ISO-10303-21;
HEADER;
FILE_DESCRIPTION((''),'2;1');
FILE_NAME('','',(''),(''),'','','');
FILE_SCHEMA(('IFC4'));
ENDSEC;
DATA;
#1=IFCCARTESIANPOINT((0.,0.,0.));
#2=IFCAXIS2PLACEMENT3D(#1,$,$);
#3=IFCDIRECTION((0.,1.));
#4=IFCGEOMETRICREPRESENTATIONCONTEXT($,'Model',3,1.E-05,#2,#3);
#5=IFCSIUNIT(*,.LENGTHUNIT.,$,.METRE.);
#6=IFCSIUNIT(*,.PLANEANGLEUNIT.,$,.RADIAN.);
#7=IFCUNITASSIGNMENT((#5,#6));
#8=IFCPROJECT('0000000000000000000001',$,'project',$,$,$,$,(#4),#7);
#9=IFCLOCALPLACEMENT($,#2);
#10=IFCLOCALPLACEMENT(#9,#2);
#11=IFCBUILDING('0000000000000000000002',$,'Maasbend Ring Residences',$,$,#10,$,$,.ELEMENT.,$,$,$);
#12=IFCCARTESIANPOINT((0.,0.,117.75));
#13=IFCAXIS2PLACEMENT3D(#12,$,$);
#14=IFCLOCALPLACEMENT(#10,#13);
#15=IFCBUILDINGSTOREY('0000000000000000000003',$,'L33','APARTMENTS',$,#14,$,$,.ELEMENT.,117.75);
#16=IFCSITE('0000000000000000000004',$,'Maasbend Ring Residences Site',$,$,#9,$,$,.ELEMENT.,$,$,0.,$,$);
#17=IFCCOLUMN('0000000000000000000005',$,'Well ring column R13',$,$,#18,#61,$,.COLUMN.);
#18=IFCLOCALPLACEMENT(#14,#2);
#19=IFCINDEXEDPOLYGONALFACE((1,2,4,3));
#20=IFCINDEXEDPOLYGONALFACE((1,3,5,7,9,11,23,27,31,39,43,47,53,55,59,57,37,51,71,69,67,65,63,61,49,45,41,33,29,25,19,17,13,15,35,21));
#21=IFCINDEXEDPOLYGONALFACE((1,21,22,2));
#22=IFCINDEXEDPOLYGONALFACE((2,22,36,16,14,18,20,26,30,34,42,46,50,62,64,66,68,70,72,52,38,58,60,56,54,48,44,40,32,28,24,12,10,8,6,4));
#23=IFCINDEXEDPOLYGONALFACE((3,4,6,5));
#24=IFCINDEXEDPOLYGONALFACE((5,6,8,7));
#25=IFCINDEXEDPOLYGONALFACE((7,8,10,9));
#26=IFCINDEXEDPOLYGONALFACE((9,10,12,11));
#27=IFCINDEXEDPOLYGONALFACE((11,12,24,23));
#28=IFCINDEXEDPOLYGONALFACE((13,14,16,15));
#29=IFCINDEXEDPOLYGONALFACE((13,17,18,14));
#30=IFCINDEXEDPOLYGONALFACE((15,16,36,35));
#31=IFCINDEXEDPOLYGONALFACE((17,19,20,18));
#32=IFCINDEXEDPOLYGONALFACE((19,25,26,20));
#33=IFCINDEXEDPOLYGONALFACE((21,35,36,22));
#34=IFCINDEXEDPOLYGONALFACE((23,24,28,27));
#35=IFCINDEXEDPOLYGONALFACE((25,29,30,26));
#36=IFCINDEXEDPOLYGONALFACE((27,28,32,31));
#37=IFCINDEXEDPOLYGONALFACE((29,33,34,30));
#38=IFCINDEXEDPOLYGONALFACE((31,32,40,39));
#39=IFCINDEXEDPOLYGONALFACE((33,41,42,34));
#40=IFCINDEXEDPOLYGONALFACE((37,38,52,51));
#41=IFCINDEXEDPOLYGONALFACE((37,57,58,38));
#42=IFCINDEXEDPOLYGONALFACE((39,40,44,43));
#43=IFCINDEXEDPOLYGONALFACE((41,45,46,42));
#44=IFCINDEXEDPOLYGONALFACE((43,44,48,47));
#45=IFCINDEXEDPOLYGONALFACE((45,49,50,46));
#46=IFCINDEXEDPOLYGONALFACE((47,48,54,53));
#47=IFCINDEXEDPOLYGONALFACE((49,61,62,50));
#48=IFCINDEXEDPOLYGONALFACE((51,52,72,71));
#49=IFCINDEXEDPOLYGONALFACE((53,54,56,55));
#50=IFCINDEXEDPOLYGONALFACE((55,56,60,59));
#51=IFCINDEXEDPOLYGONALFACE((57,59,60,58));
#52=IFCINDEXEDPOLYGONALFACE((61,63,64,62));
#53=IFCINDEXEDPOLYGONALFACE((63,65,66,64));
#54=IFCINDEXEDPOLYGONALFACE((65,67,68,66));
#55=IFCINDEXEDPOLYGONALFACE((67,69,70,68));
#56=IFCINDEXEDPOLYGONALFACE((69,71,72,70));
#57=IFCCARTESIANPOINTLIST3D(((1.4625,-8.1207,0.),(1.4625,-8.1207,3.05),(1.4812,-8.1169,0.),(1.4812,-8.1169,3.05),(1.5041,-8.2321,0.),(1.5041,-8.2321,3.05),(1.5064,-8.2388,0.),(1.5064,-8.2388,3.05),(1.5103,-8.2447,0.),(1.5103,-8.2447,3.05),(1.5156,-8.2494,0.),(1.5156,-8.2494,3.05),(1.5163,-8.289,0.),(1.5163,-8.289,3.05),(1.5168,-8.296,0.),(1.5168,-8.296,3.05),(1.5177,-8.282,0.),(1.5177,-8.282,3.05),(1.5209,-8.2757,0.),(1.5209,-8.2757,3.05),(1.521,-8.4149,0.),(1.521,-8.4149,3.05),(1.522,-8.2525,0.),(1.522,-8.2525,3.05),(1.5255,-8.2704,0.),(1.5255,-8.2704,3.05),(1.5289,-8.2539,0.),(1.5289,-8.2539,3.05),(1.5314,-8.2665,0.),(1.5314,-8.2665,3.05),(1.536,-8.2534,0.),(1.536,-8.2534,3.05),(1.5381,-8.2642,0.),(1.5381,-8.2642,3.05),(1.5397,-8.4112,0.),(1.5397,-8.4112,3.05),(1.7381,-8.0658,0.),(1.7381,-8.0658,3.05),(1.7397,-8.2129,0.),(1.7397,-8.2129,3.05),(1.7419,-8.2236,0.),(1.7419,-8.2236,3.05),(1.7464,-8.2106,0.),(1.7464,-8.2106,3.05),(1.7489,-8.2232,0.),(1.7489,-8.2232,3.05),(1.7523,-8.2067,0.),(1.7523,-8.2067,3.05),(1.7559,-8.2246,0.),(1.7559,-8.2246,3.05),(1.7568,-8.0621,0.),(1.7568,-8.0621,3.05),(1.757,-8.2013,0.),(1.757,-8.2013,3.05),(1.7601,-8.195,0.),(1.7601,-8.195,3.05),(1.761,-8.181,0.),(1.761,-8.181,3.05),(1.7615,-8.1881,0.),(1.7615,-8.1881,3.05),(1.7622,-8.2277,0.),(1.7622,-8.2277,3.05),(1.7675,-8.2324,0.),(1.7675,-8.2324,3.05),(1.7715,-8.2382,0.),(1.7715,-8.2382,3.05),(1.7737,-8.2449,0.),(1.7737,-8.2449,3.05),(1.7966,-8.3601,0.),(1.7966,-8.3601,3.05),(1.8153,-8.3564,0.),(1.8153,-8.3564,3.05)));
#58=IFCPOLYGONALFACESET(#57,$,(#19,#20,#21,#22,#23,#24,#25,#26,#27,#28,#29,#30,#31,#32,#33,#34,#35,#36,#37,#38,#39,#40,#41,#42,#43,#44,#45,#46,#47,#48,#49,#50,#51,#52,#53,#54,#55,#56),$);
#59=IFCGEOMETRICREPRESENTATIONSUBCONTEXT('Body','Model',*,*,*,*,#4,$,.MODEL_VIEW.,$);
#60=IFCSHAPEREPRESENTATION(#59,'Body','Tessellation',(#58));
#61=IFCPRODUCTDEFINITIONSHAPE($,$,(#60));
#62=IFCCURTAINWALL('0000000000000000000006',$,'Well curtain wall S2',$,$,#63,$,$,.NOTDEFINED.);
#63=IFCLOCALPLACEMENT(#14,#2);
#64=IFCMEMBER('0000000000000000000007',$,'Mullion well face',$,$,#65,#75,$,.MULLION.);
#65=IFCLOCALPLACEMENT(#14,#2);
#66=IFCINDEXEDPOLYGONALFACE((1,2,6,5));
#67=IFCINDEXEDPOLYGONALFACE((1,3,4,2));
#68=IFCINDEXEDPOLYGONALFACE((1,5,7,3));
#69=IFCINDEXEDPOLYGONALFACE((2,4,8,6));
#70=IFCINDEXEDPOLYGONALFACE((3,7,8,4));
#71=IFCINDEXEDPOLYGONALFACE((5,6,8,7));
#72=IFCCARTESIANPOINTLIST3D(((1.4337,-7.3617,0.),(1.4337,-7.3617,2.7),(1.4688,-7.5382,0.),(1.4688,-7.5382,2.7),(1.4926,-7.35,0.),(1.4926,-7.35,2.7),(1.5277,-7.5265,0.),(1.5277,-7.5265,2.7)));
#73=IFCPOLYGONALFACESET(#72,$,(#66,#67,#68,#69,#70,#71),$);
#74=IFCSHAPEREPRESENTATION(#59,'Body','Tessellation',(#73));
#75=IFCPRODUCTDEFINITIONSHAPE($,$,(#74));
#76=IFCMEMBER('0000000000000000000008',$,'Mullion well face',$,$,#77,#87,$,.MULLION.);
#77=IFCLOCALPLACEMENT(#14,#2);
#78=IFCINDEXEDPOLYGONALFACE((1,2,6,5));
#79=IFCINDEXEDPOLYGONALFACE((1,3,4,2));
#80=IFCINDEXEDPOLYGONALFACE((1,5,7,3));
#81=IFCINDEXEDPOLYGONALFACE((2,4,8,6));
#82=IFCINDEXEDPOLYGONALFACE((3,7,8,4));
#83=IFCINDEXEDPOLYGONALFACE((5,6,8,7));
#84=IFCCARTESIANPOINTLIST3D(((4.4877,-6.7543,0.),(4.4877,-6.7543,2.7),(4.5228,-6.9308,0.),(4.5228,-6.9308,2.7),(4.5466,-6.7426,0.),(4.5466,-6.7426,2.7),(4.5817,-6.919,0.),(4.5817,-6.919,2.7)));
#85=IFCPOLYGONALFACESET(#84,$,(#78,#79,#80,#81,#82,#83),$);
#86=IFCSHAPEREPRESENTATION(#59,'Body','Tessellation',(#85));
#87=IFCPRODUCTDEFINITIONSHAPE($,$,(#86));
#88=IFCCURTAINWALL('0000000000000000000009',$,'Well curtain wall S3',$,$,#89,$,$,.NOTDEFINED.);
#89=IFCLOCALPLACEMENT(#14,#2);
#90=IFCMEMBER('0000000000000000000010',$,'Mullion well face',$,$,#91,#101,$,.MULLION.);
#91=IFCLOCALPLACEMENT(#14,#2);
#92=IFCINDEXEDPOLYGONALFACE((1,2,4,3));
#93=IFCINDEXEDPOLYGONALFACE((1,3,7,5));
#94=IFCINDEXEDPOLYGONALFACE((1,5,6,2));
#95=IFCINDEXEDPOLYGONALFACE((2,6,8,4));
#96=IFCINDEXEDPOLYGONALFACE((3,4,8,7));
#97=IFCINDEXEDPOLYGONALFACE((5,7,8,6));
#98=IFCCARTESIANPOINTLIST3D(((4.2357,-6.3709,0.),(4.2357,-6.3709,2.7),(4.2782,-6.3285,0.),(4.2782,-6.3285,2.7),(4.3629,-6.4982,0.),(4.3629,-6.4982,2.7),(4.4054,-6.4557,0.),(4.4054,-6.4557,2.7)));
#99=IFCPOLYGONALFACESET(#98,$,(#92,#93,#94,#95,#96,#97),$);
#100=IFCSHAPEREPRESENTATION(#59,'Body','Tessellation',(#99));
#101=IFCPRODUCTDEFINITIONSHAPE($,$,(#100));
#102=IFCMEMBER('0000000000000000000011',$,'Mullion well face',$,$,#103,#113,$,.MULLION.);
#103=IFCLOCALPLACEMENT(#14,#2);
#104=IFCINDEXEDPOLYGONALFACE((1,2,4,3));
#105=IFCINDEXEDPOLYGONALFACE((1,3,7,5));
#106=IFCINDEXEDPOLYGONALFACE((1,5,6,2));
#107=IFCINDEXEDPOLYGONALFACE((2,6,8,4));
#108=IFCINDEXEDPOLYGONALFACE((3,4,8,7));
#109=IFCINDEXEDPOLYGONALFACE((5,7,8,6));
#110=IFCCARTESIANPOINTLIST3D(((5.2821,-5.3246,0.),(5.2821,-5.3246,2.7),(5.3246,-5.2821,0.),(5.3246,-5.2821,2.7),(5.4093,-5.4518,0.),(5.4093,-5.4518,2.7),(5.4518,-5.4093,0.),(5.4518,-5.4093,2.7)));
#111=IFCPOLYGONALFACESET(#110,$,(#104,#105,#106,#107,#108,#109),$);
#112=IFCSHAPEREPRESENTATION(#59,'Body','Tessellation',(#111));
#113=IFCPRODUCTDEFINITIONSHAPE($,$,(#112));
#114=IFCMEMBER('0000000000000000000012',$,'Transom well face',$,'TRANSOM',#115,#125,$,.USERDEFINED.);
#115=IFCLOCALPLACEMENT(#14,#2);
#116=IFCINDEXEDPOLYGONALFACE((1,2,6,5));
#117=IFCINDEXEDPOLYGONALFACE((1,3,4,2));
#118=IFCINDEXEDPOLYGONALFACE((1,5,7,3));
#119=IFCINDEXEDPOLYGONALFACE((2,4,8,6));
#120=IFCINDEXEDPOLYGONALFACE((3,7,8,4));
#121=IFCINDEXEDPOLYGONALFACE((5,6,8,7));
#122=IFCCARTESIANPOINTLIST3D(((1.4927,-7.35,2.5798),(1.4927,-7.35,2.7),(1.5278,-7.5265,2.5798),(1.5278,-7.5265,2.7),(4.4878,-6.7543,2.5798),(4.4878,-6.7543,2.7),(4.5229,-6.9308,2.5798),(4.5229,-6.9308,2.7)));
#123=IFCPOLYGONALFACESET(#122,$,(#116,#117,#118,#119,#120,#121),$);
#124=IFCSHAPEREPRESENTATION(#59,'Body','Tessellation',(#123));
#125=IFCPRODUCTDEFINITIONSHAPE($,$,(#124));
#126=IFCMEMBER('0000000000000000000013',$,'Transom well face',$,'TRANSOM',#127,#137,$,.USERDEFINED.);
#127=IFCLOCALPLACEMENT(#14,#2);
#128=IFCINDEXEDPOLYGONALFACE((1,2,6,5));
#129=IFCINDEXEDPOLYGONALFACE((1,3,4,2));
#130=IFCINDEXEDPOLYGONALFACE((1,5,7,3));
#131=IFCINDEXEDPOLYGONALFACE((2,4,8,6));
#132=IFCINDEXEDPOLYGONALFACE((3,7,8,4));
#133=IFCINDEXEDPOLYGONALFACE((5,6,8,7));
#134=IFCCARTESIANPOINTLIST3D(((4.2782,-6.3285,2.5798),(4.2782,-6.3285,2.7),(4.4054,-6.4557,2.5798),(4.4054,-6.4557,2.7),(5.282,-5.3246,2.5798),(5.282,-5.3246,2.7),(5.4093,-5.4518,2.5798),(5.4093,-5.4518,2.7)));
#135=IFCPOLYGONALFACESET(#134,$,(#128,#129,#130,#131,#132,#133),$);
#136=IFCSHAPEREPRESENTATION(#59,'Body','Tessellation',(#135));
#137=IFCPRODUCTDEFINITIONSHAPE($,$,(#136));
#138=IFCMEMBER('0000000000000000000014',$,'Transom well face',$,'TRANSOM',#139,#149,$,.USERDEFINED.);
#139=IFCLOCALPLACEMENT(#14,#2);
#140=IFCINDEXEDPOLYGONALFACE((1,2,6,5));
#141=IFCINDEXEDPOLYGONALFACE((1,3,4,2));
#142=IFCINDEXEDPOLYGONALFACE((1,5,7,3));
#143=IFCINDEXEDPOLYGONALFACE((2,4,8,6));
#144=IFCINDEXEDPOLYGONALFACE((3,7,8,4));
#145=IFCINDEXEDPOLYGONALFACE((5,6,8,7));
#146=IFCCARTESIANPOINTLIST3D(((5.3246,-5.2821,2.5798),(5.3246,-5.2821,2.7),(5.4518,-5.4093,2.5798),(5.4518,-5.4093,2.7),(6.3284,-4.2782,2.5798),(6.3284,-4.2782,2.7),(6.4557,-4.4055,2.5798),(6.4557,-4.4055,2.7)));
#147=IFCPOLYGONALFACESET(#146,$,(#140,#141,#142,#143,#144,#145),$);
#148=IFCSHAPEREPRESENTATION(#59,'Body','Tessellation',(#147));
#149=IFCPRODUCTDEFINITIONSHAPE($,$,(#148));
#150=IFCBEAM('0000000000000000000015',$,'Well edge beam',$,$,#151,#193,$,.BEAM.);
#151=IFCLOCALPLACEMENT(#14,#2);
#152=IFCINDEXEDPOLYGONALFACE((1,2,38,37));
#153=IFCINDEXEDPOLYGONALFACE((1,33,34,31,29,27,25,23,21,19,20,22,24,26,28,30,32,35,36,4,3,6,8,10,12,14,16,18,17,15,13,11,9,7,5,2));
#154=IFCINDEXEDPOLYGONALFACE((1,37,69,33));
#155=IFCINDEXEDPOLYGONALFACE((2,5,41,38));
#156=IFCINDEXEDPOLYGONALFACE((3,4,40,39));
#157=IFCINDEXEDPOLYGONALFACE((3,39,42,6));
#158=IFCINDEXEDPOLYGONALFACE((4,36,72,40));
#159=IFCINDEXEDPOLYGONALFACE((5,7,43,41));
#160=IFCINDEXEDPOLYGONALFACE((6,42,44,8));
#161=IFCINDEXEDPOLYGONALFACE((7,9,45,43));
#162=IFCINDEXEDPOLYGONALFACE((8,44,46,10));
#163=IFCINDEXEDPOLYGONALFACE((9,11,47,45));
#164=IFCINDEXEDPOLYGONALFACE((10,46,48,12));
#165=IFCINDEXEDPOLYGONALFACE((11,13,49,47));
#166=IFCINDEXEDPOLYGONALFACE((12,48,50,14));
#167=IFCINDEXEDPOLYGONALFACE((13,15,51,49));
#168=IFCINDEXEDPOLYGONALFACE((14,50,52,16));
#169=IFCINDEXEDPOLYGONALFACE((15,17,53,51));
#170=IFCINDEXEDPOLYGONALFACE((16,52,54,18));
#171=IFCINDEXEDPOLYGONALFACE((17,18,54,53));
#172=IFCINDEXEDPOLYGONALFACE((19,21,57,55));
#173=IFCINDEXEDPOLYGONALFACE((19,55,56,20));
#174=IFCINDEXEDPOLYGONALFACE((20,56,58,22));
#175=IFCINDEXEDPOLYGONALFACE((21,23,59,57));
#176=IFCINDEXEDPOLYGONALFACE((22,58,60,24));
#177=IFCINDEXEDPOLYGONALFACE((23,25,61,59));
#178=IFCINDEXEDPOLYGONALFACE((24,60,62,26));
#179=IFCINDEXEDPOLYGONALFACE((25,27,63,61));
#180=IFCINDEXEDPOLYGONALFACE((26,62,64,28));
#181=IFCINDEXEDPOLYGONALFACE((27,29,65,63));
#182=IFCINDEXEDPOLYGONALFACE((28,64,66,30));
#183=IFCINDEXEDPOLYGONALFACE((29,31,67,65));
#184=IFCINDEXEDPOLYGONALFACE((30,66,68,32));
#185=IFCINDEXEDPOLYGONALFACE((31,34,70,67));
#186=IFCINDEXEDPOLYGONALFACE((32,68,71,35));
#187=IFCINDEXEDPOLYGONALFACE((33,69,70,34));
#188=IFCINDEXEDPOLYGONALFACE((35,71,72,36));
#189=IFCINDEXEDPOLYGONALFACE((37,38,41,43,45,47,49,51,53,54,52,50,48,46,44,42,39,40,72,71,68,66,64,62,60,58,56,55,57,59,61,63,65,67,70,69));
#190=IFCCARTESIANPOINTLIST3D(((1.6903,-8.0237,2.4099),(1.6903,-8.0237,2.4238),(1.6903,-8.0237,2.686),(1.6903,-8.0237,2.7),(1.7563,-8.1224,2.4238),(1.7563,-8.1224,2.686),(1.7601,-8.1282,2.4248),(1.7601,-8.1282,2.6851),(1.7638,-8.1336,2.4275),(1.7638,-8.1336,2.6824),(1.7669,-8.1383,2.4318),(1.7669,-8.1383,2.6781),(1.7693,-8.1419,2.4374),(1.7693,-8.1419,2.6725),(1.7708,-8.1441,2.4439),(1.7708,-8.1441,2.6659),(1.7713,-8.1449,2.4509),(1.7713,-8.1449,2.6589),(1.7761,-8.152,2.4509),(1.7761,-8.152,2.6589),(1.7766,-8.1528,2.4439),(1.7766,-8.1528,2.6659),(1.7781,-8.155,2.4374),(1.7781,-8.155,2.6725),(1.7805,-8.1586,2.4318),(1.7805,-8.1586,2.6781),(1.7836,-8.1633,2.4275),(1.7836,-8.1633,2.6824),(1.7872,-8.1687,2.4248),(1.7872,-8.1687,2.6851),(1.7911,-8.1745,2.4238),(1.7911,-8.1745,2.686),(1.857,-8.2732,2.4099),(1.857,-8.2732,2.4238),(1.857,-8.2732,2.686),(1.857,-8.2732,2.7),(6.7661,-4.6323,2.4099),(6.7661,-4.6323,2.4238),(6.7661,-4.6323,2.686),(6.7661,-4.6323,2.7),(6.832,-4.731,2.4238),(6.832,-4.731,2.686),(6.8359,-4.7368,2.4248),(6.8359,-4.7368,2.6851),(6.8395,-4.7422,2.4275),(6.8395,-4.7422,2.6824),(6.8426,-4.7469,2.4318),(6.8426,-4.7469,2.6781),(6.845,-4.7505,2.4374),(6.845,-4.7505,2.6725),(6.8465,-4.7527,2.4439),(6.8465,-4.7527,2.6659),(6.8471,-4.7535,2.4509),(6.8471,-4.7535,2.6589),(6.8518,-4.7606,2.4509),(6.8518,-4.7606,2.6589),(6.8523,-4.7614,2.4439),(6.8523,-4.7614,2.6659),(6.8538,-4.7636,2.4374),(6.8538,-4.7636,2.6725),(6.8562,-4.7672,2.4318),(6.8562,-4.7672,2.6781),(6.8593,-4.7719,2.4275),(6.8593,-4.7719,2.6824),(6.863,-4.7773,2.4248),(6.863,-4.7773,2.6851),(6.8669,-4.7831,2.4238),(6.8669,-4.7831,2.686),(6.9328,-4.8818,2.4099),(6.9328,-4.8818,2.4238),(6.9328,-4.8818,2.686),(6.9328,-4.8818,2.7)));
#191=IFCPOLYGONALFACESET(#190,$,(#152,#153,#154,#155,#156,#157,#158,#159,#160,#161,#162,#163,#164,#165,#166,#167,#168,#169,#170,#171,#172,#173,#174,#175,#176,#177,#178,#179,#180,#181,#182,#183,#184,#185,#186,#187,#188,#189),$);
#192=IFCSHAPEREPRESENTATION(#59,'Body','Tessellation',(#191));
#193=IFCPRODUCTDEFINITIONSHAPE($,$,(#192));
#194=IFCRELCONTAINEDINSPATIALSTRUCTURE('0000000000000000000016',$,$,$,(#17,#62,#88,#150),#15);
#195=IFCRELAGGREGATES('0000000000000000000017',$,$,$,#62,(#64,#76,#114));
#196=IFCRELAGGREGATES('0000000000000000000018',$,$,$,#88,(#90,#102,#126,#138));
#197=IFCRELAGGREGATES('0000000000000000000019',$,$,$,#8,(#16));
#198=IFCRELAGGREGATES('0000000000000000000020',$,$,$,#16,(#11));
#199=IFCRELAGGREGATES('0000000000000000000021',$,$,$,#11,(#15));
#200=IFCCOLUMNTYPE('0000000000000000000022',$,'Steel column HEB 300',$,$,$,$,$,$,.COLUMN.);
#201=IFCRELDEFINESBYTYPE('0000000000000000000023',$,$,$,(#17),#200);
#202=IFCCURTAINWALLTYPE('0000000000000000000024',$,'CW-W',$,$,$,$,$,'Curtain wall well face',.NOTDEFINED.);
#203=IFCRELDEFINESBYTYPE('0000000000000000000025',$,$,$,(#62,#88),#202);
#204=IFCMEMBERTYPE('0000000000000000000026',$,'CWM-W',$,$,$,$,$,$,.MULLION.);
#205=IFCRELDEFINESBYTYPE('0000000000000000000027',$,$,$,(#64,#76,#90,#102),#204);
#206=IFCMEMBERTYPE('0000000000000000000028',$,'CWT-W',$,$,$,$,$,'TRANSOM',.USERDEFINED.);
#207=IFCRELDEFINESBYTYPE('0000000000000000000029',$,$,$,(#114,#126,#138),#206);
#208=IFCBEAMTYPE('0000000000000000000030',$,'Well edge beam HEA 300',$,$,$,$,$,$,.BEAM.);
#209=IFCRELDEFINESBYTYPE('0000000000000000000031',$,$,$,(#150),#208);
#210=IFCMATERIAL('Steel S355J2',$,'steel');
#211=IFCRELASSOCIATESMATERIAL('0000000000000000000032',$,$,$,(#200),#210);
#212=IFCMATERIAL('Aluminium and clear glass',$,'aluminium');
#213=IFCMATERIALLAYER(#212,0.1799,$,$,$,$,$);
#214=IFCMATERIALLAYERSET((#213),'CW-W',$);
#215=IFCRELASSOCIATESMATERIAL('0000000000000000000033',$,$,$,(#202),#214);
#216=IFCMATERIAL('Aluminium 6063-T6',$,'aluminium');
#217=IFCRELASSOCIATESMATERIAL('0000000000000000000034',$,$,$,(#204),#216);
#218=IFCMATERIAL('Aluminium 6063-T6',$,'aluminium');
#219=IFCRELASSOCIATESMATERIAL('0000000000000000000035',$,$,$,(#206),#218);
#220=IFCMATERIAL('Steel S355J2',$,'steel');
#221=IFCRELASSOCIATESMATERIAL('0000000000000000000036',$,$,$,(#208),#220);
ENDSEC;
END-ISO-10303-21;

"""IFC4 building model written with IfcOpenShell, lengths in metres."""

from ifc_helpers import new_model, si_unit, direction, frame, origin, origin_2d, place, context, subcontext, project, spatial, rectangle, i_section, extrude, material, layer, layer_set, material_profile, profile_set, type_object, element, aggregate, save


model = new_model("IFC4")

# Units and contexts
model_context = context("Model", 3, precision=1e-05, world=origin(), true_north=direction((0.0, 1.0)))
body_context = subcontext(model_context, "Body", "Model", "MODEL_VIEW")
ifc_project = project(units=[si_unit("LENGTHUNIT", "METRE"), si_unit("PLANEANGLEUNIT", "RADIAN")], contexts=[model_context])

# Site, building, storey
site_placement = place(None, origin())
site = spatial("IfcSite", under=ifc_project, at=site_placement, Name="Maasbend Ring Residences Site", CompositionType="ELEMENT", RefElevation=0.0)
building_placement = place(site_placement, origin())
building = spatial("IfcBuilding", under=site, at=building_placement, Name="Maasbend Ring Residences", CompositionType="ELEMENT")
storey_placement = place(building_placement, frame((0.0, 0.0, 117.75)))
storey = spatial("IfcBuildingStorey", under=building, at=storey_placement, Name="L33", Description="APARTMENTS", CompositionType="ELEMENT", Elevation=117.75)

# Column
ifc_material_1 = material(Name="Steel S355J2", Category="steel")
ifc_material_profile_1 = material_profile(ifc_material_1, i_section(OverallWidth=0.3, OverallDepth=0.3, WebThickness=0.011, FlangeThickness=0.019, FilletRadius=0.0271, at=origin_2d()), Name="HEB 300")
ifc_profile_set_1 = profile_set([ifc_material_profile_1], Name="Steel S355J2")
column_type = type_object("IfcColumnType", Name="Steel column HEB 300", PredefinedType="COLUMN", material=ifc_profile_set_1)
column_placement = place(storey_placement, frame((1.6389, -8.2385, 0.0), z_axis=(0.0, 0.0, 1.0), x_axis=(0.19509, -0.980785, 0.0)))
element("IfcColumn", 1, at=column_placement, inside=storey, type_object=column_type, Name="Well ring column R13", PredefinedType="COLUMN", context=body_context, shape_type="SweptSolid", body=[
    extrude(i_section(OverallWidth=0.3, OverallDepth=0.3, WebThickness=0.011, FlangeThickness=0.019, FilletRadius=0.0271, at=origin_2d()), origin(), (0.0, 0.0, 1.0), 3.05),
])

# Curtain walls, members
ifc_material_2 = material(Name="Aluminium and clear glass", Category="aluminium")
ifc_layer_1 = layer(ifc_material_2, 0.1799)
ifc_layer_set_1 = layer_set([ifc_layer_1], Name="CW-W")
curtain_wall_type = type_object("IfcCurtainWallType", Name="CW-W", ElementType="Curtain wall well face", PredefinedType="NOTDEFINED", material=ifc_layer_set_1)
curtain_wall_1_placement = place(storey_placement, origin())
curtain_wall_1 = element("IfcCurtainWall", 2, at=curtain_wall_1_placement, inside=storey, type_object=curtain_wall_type, Name="Well curtain wall S2", PredefinedType="NOTDEFINED")
ifc_material_3 = material(Name="Aluminium 6063-T6", Category="aluminium")
ifc_material_profile_2 = material_profile(ifc_material_3, rectangle(XDim=0.1799, YDim=0.0601, at=origin_2d()), Name="AL 180x60")
ifc_profile_set_2 = profile_set([ifc_material_profile_2], Name="Aluminium 6063-T6")
member_type_1 = type_object("IfcMemberType", Name="CWM-W", PredefinedType="MULLION", material=ifc_profile_set_2)
member_1_placement = place(storey_placement, frame((1.4807, -7.4441, 0.0), z_axis=(0.0, 0.0, 1.0), x_axis=(-0.19509, 0.980785, 0.0)))
member_1 = element("IfcMember", 3, at=member_1_placement, type_object=member_type_1, Name="Mullion well face", PredefinedType="MULLION", context=body_context, shape_type="SweptSolid", body=[
    extrude(rectangle(XDim=0.1799, YDim=0.0601, at=origin_2d()), origin(), (0.0, 0.0, 1.0), 2.7),
])
member_2_placement = place(storey_placement, frame((4.5347, -6.8367, 0.0), z_axis=(0.0, 0.0, 1.0), x_axis=(-0.19509, 0.980785, 0.0)))
member_2 = element("IfcMember", 4, at=member_2_placement, type_object=member_type_1, Name="Mullion well face", PredefinedType="MULLION", context=body_context, shape_type="SweptSolid", body=[
    extrude(rectangle(XDim=0.1799, YDim=0.0601, at=origin_2d()), origin(), (0.0, 0.0, 1.0), 2.7),
])
curtain_wall_2_placement = place(storey_placement, origin())
curtain_wall_2 = element("IfcCurtainWall", 5, at=curtain_wall_2_placement, inside=storey, type_object=curtain_wall_type, Name="Well curtain wall S3", PredefinedType="NOTDEFINED")
member_3_placement = place(storey_placement, frame((4.3206, -6.4133, 0.0), z_axis=(0.0, 0.0, 1.0), x_axis=(-0.707107, 0.707107, 0.0)))
member_3 = element("IfcMember", 6, at=member_3_placement, type_object=member_type_1, Name="Mullion well face", PredefinedType="MULLION", context=body_context, shape_type="SweptSolid", body=[
    extrude(rectangle(XDim=0.1799, YDim=0.0601, at=origin_2d()), origin(), (0.0, 0.0, 1.0), 2.7),
])
member_4_placement = place(storey_placement, frame((5.3669, -5.3669, 0.0), z_axis=(0.0, 0.0, 1.0), x_axis=(-0.707107, 0.707107, 0.0)))
member_4 = element("IfcMember", 7, at=member_4_placement, type_object=member_type_1, Name="Mullion well face", PredefinedType="MULLION", context=body_context, shape_type="SweptSolid", body=[
    extrude(rectangle(XDim=0.1799, YDim=0.0601, at=origin_2d()), origin(), (0.0, 0.0, 1.0), 2.7),
])

# Members
ifc_material_4 = material(Name="Aluminium 6063-T6", Category="aluminium")
ifc_material_profile_3 = material_profile(ifc_material_4, rectangle(XDim=0.1799, YDim=0.1201, at=origin_2d()), Name="AL 180x120")
ifc_profile_set_3 = profile_set([ifc_material_profile_3], Name="Aluminium 6063-T6")
member_type_2 = type_object("IfcMemberType", Name="CWT-W", ElementType="TRANSOM", PredefinedType="USERDEFINED", material=ifc_profile_set_3)
member_5_placement = place(storey_placement, frame((1.5103, -7.4382, 2.6399), z_axis=(0.980789, 0.195071, 0.0), x_axis=(-0.195071, 0.980789, 0.0)))
member_5 = element("IfcMember", 8, at=member_5_placement, type_object=member_type_2, Name="Transom well face", ObjectType="TRANSOM", PredefinedType="USERDEFINED", context=body_context, shape_type="SweptSolid", body=[
    extrude(rectangle(XDim=0.1799, YDim=0.1201, at=origin_2d()), origin(), (0.0, 0.0, 1.0), 3.0537),
])
member_6_placement = place(storey_placement, frame((4.3418, -6.3921, 2.6399), z_axis=(0.707107, 0.707107, 0.0), x_axis=(-0.707107, 0.707107, 0.0)))
member_6 = element("IfcMember", 9, at=member_6_placement, type_object=member_type_2, Name="Transom well face", ObjectType="TRANSOM", PredefinedType="USERDEFINED", context=body_context, shape_type="SweptSolid", body=[
    extrude(rectangle(XDim=0.1799, YDim=0.1201, at=origin_2d()), origin(), (0.0, 0.0, 1.0), 1.4197),
])
member_7_placement = place(storey_placement, frame((5.3882, -5.3457, 2.6399), z_axis=(0.707107, 0.707107, 0.0), x_axis=(-0.707107, 0.707107, 0.0)))
member_7 = element("IfcMember", 10, at=member_7_placement, type_object=member_type_2, Name="Transom well face", ObjectType="TRANSOM", PredefinedType="USERDEFINED", context=body_context, shape_type="SweptSolid", body=[
    extrude(rectangle(XDim=0.1799, YDim=0.1201, at=origin_2d()), origin(), (0.0, 0.0, 1.0), 1.4197),
])

# Beam
ifc_material_5 = material(Name="Steel S355J2", Category="steel")
ifc_material_profile_4 = material_profile(ifc_material_5, i_section(OverallWidth=0.3, OverallDepth=0.29, WebThickness=0.0085, FlangeThickness=0.0139, FilletRadius=0.0271, at=origin_2d()), Name="HEA 300")
ifc_profile_set_4 = profile_set([ifc_material_profile_4], Name="Steel S355J2")
beam_type = type_object("IfcBeamType", Name="Well edge beam HEA 300", PredefinedType="BEAM", material=ifc_profile_set_4)
beam_placement = place(storey_placement, frame((1.7737, -8.1484, 2.5549), z_axis=(0.831478, 0.555558, 0.0), x_axis=(-0.555558, 0.831478, 0.0)))
element("IfcBeam", 11, at=beam_placement, inside=storey, type_object=beam_type, Name="Well edge beam", PredefinedType="BEAM", context=body_context, shape_type="SweptSolid", body=[
    extrude(i_section(OverallWidth=0.3, OverallDepth=0.29, WebThickness=0.0085, FlangeThickness=0.0139, FilletRadius=0.0271, at=origin_2d()), origin(), (0.0, 0.0, 1.0), 6.1045),
])

aggregate(curtain_wall_1, [member_1, member_2, member_5])
aggregate(curtain_wall_2, [member_3, member_4, member_6, member_7])

save(model, "model.ifc")
